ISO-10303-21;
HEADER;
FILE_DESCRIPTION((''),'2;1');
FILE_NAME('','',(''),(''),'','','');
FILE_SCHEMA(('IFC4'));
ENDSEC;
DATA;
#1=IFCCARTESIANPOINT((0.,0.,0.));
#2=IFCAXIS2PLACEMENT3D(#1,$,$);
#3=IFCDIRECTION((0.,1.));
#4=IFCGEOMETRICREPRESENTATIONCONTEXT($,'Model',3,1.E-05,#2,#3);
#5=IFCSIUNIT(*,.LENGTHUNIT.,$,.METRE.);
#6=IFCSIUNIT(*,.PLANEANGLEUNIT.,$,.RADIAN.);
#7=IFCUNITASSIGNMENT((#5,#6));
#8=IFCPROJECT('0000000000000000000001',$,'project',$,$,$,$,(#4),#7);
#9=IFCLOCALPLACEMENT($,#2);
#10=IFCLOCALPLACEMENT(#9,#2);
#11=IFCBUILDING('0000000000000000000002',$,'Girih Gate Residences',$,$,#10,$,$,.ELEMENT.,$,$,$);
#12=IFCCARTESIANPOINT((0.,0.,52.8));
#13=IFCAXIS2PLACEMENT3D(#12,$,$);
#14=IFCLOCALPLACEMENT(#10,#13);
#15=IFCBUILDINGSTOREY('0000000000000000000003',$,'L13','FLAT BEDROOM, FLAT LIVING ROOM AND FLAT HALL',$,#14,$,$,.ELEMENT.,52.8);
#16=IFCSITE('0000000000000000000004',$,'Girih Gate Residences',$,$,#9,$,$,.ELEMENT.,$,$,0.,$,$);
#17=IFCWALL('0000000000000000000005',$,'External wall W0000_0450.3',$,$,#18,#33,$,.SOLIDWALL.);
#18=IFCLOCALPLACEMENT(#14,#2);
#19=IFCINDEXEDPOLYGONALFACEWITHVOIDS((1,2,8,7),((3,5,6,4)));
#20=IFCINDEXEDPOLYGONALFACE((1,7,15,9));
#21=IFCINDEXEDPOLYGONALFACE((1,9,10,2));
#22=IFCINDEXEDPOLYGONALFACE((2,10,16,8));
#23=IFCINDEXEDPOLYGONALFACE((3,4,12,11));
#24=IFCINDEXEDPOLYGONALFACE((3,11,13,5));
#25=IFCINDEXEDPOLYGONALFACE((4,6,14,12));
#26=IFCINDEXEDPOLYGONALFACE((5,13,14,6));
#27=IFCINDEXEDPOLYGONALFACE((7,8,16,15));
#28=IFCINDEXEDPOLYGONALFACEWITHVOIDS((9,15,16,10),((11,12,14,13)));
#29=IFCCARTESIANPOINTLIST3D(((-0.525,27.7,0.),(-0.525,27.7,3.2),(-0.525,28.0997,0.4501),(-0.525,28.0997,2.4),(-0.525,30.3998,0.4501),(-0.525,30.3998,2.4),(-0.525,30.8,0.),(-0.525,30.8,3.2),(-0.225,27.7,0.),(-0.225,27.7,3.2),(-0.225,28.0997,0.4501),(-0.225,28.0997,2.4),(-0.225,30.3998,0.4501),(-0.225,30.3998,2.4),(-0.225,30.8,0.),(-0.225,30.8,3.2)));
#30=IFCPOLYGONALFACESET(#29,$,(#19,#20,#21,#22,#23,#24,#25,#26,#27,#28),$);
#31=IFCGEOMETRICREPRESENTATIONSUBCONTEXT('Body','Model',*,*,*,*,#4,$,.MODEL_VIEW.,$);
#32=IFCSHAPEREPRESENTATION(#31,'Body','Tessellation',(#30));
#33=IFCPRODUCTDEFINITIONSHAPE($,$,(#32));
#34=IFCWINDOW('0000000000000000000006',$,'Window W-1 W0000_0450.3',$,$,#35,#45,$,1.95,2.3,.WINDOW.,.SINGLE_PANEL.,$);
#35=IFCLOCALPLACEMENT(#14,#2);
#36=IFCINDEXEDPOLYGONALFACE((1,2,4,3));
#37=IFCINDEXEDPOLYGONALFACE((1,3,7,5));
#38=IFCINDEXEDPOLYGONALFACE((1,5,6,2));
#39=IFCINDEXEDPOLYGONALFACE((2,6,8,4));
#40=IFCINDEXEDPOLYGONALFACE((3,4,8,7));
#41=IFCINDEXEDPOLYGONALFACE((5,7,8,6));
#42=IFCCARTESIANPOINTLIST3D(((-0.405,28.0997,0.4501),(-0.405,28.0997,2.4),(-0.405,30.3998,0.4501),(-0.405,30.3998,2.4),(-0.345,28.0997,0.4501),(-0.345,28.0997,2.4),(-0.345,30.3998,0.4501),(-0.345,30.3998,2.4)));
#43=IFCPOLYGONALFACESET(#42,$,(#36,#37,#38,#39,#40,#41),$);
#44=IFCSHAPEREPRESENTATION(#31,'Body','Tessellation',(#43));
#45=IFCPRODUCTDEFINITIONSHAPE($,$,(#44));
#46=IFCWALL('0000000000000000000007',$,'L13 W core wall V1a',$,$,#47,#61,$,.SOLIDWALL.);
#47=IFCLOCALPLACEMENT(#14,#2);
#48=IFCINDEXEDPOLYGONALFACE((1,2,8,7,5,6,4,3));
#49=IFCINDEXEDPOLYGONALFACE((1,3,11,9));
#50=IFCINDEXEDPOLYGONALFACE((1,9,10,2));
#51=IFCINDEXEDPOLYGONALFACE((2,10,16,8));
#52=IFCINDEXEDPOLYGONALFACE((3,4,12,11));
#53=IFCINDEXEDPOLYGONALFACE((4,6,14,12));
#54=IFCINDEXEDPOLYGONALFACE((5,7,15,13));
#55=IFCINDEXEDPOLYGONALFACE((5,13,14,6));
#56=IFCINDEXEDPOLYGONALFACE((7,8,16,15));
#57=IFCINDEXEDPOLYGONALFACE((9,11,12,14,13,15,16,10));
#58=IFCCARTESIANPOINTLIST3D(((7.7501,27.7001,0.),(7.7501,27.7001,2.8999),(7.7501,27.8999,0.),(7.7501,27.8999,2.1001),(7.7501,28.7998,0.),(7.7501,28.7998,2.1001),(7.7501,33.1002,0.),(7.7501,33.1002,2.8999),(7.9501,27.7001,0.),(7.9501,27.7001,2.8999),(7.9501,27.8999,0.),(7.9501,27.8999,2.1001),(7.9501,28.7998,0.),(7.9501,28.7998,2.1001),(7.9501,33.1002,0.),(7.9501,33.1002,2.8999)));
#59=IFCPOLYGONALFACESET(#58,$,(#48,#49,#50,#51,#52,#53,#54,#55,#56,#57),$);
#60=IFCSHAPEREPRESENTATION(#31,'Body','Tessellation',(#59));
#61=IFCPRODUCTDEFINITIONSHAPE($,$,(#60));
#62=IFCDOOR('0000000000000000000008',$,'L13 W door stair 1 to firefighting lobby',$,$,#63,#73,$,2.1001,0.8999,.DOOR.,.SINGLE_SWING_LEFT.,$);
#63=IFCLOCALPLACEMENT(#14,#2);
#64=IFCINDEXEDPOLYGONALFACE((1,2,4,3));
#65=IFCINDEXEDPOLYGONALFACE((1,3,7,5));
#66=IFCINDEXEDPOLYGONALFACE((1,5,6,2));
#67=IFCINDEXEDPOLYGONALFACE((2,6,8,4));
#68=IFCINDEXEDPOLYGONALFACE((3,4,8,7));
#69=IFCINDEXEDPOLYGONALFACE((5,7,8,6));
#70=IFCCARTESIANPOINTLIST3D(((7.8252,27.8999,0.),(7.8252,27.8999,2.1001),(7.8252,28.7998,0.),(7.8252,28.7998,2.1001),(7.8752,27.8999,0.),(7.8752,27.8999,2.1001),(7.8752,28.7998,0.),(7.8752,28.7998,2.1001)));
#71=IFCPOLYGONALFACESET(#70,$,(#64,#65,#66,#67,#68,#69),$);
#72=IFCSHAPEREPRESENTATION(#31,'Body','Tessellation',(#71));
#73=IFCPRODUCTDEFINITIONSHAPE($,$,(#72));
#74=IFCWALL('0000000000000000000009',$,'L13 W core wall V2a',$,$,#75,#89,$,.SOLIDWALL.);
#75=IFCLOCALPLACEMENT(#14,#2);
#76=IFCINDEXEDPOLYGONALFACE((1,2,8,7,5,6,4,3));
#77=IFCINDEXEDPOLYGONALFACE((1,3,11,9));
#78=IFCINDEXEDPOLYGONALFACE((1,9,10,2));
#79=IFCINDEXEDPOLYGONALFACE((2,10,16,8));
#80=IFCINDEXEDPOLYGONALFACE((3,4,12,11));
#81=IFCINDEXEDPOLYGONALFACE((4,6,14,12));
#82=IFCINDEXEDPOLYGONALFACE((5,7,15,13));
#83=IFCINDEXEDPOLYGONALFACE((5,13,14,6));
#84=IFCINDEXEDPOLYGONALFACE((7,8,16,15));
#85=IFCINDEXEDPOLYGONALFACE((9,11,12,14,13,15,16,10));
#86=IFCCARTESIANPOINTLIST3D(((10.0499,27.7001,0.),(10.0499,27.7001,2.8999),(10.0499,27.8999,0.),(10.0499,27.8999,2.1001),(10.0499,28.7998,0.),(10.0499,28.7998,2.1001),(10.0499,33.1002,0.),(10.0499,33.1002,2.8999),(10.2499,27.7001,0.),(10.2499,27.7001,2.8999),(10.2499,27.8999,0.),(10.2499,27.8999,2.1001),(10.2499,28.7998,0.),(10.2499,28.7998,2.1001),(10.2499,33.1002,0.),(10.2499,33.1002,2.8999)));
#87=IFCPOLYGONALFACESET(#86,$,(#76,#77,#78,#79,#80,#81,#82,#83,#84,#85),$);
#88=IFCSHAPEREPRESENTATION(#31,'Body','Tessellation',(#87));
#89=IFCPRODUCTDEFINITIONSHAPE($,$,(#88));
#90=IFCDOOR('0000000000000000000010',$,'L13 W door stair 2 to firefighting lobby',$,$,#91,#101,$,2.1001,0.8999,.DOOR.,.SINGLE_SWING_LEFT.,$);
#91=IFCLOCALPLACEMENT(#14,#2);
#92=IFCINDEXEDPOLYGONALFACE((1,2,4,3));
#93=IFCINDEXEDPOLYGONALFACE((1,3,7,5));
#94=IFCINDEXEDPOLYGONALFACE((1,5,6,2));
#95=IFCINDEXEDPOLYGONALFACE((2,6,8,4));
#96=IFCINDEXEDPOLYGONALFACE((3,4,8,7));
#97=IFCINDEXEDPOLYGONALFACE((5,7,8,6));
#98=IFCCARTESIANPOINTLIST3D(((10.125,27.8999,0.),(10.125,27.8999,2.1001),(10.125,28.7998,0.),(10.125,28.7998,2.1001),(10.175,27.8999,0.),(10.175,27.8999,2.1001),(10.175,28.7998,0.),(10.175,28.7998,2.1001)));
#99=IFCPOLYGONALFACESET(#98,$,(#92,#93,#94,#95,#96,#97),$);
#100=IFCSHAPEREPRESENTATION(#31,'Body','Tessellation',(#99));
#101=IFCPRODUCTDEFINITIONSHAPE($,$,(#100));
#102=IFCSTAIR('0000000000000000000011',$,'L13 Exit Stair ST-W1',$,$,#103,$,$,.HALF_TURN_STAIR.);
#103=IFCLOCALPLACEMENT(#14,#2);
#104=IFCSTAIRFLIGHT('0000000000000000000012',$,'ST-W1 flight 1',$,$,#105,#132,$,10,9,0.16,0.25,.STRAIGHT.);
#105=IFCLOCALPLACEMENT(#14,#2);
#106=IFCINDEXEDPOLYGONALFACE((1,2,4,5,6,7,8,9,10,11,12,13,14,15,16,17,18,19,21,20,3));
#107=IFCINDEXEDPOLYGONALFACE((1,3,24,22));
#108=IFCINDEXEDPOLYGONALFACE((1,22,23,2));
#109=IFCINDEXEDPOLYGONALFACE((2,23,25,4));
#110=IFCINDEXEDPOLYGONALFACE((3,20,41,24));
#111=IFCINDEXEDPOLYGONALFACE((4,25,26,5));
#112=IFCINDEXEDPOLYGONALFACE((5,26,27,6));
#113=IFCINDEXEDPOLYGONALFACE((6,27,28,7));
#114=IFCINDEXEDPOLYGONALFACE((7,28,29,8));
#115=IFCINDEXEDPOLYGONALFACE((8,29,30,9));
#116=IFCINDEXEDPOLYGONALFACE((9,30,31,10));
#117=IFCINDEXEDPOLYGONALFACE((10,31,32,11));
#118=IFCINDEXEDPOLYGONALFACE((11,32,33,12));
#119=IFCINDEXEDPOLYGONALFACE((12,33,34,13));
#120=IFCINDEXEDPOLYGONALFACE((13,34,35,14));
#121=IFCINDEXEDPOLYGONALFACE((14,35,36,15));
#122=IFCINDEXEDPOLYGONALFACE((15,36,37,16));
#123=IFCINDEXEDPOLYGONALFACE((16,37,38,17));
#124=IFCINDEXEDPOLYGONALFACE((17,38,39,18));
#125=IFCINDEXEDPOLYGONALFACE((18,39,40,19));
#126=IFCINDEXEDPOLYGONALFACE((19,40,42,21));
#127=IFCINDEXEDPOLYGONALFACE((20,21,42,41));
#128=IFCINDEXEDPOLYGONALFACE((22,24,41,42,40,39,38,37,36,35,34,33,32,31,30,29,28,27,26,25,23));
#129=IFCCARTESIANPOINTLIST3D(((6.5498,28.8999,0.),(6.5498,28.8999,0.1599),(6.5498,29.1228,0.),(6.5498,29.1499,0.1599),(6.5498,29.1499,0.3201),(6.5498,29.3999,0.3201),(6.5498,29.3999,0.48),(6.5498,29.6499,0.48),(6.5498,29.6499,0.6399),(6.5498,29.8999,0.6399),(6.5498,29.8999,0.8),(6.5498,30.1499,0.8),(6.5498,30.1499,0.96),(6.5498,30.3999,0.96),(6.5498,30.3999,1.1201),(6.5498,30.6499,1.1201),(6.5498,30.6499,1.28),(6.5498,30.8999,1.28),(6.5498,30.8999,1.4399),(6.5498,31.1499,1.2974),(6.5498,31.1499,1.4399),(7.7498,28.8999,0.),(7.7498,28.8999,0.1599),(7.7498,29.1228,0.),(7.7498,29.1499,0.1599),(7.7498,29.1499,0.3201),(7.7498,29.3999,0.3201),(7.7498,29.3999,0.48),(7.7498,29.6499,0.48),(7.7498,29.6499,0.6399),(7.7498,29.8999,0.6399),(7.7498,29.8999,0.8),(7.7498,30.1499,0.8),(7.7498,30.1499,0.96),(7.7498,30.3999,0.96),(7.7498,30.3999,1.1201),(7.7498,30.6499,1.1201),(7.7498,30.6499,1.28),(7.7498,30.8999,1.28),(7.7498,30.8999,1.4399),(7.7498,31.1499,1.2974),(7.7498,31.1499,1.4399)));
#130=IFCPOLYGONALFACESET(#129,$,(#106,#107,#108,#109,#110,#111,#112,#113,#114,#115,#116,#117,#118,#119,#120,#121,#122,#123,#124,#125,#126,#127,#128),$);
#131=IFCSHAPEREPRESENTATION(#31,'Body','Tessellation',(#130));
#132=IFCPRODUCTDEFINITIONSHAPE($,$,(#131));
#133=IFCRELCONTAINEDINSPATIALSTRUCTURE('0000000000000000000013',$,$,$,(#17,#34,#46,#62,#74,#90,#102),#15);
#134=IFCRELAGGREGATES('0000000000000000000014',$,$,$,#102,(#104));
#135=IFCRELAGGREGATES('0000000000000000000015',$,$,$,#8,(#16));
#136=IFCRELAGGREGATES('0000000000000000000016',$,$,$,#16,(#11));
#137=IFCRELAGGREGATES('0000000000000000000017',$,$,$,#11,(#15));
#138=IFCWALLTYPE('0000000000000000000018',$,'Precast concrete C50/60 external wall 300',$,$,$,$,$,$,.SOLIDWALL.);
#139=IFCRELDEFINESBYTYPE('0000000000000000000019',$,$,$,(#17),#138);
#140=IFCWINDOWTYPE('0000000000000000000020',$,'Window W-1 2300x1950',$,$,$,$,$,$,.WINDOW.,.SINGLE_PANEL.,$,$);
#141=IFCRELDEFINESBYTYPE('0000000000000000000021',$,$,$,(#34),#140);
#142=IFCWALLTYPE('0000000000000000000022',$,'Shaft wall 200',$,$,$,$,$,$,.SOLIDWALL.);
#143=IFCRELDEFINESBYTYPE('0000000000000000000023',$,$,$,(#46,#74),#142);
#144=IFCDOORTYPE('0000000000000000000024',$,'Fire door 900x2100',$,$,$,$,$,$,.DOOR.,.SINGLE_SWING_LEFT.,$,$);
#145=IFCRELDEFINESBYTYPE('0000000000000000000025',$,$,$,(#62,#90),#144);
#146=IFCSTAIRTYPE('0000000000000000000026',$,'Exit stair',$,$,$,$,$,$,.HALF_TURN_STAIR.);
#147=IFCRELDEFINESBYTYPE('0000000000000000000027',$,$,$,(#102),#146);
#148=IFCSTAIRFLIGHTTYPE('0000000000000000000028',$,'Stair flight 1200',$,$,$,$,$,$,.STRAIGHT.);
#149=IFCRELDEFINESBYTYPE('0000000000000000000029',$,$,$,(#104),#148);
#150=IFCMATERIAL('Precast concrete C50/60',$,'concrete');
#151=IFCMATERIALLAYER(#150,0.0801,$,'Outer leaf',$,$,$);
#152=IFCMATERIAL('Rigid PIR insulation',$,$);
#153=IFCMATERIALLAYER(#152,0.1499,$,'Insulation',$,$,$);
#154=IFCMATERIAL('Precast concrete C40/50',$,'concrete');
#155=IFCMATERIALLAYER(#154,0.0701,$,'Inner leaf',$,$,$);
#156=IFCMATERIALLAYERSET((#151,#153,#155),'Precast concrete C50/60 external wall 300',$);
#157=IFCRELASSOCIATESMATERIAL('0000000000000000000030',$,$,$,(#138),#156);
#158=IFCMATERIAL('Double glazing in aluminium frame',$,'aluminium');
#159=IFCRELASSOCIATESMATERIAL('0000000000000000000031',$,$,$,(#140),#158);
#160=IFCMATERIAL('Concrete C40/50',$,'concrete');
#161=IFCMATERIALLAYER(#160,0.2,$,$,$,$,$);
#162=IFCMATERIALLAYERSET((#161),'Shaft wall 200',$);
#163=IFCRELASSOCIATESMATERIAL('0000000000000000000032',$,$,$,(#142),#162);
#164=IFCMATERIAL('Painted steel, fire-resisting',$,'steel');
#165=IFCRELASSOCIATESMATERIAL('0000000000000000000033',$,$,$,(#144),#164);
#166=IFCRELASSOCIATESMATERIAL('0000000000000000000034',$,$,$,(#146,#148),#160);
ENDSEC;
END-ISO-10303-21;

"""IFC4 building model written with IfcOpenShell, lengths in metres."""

from ifc_helpers import new_model, si_unit, direction, frame, frame_2d, origin, place, context, subcontext, project, spatial, polyline, rectangle, outline, extrude, material, layer, layer_set, type_object, element, fill, aggregate, save


model = new_model("IFC4")

# Units and contexts
model_context = context("Model", 3, precision=1e-05, world=origin(), true_north=direction((0.0, 1.0)))
body_context = subcontext(model_context, "Body", "Model", "MODEL_VIEW")
ifc_project = project(units=[si_unit("LENGTHUNIT", "METRE"), si_unit("PLANEANGLEUNIT", "RADIAN")], contexts=[model_context])

# Site, building, storey
site_placement = place(None, origin())
site = spatial("IfcSite", under=ifc_project, at=site_placement, Name="Girih Gate Residences", CompositionType="ELEMENT", RefElevation=0.0)
building_placement = place(site_placement, origin())
building = spatial("IfcBuilding", under=site, at=building_placement, Name="Girih Gate Residences", CompositionType="ELEMENT")
storey_placement = place(building_placement, frame((0.0, 0.0, 52.8)))
storey = spatial("IfcBuildingStorey", under=building, at=storey_placement, Name="L13", Description="FLAT BEDROOM, FLAT LIVING ROOM AND FLAT HALL", CompositionType="ELEMENT", Elevation=52.8)

# Shared definitions
ifc_material_1 = material(Name="Painted steel, fire-resisting", Category="steel")

# Wall, opening, window
ifc_material_2 = material(Name="Precast concrete C50/60", Category="concrete")
ifc_layer_1 = layer(ifc_material_2, 0.0801, Name="Outer leaf")
ifc_material_3 = material(Name="Rigid PIR insulation")
ifc_layer_2 = layer(ifc_material_3, 0.1499, Name="Insulation")
ifc_material_4 = material(Name="Precast concrete C40/50", Category="concrete")
ifc_layer_3 = layer(ifc_material_4, 0.0701, Name="Inner leaf")
ifc_layer_set_1 = layer_set([ifc_layer_1, ifc_layer_2, ifc_layer_3], Name="Precast concrete C50/60 external wall 300")
wall_type_1 = type_object("IfcWallType", Name="Precast concrete C50/60 external wall 300", PredefinedType="SOLIDWALL", material=ifc_layer_set_1)
wall_1_placement = place(storey_placement, frame((-0.375, 27.7, 0.0), z_axis=(0.0, 0.0, 1.0), x_axis=(0.0, 1.0, 0.0)))
wall_1 = element("IfcWall", 1, at=wall_1_placement, inside=storey, type_object=wall_type_1, Name="External wall W0000_0450.3", PredefinedType="SOLIDWALL", context=body_context, shape_type="SweptSolid", body=[
    extrude(rectangle(XDim=3.1001, YDim=0.3, at=frame_2d((1.55, 0.0))), origin(), (0.0, 0.0, 1.0), 3.2),
])
opening_1_placement = place(wall_1_placement, frame((0.3999, 0.0, 0.45)))
opening_1 = element("IfcOpeningElement", 2, at=opening_1_placement, cuts=wall_1, PredefinedType="OPENING", context=body_context, shape_type="SweptSolid", body=[
    extrude(rectangle(XDim=2.3, YDim=1.95, at=frame_2d((1.1499, 0.9751))), frame((0.0, 0.1599, 0.0), z_axis=(0.0, -1.0, 0.0), x_axis=(1.0, 0.0, 0.0)), (0.0, 0.0, 1.0), 0.3201),
])
ifc_material_5 = material(Name="Double glazing in aluminium frame", Category="aluminium")
window_type = type_object("IfcWindowType", Name="Window W-1 2300x1950", PartitioningType="SINGLE_PANEL", PredefinedType="WINDOW", material=ifc_material_5)
window_placement = place(opening_1_placement, origin())
window = element("IfcWindow", 3, at=window_placement, inside=storey, type_object=window_type, Name="Window W-1 W0000_0450.3", OverallHeight=1.95, OverallWidth=2.3, PartitioningType="SINGLE_PANEL", PredefinedType="WINDOW", context=body_context, shape_type="SweptSolid", body=[
    extrude(rectangle(XDim=2.3, YDim=1.95, at=frame_2d((1.1499, 0.9751))), frame((0.0, 0.03, 0.0), z_axis=(0.0, -1.0, 0.0), x_axis=(1.0, 0.0, 0.0)), (0.0, 0.0, 1.0), 0.0601),
])
fill(opening_1, window)

# Walls, openings, doors
ifc_material_6 = material(Name="Concrete C40/50", Category="concrete")
ifc_layer_4 = layer(ifc_material_6, 0.2)
ifc_layer_set_2 = layer_set([ifc_layer_4], Name="Shaft wall 200")
wall_type_2 = type_object("IfcWallType", Name="Shaft wall 200", PredefinedType="SOLIDWALL", material=ifc_layer_set_2)
wall_2_placement = place(storey_placement, frame((7.8501, 27.7, 0.0), z_axis=(0.0, 0.0, 1.0), x_axis=(0.0, 1.0, 0.0)))
wall_2 = element("IfcWall", 4, at=wall_2_placement, inside=storey, type_object=wall_type_2, Name="L13 W core wall V1a", PredefinedType="SOLIDWALL", context=body_context, shape_type="SweptSolid", body=[
    extrude(rectangle(XDim=5.4001, YDim=0.2, at=frame_2d((2.7002, 0.0))), origin(), (0.0, 0.0, 1.0), 2.8999),
])
opening_2_placement = place(wall_2_placement, frame((0.2, 0.0, 0.0)))
opening_2 = element("IfcOpeningElement", 5, at=opening_2_placement, cuts=wall_2, PredefinedType="OPENING", context=body_context, shape_type="SweptSolid", body=[
    extrude(rectangle(XDim=0.8999, YDim=2.1001, at=frame_2d((0.45, 1.05))), frame((0.0, 0.1099, 0.0), z_axis=(0.0, -1.0, 0.0), x_axis=(1.0, 0.0, 0.0)), (0.0, 0.0, 1.0), 0.22),
])
door_type_1 = type_object("IfcDoorType", Name="Fire door 900x2100", OperationType="SINGLE_SWING_LEFT", PredefinedType="DOOR", material=ifc_material_1)
door_1_placement = place(opening_2_placement, origin())
door_1 = element("IfcDoor", 6, at=door_1_placement, inside=storey, type_object=door_type_1, Name="L13 W door stair 1 to firefighting lobby", OperationType="SINGLE_SWING_LEFT", OverallHeight=2.1001, OverallWidth=0.8999, PredefinedType="DOOR", context=body_context, shape_type="SweptSolid", body=[
    extrude(rectangle(XDim=0.8999, YDim=2.1001, at=frame_2d((0.45, 1.05))), frame((0.0, 0.0249, 0.0), z_axis=(0.0, -1.0, 0.0), x_axis=(1.0, 0.0, 0.0)), (0.0, 0.0, 1.0), 0.05),
])
fill(opening_2, door_1)
wall_3_placement = place(storey_placement, frame((10.1499, 27.7, 0.0), z_axis=(0.0, 0.0, 1.0), x_axis=(0.0, 1.0, 0.0)))
wall_3 = element("IfcWall", 7, at=wall_3_placement, inside=storey, type_object=wall_type_2, Name="L13 W core wall V2a", PredefinedType="SOLIDWALL", context=body_context, shape_type="SweptSolid", body=[
    extrude(rectangle(XDim=5.4001, YDim=0.2, at=frame_2d((2.7002, 0.0))), origin(), (0.0, 0.0, 1.0), 2.8999),
])
opening_3_placement = place(wall_3_placement, frame((0.2, 0.0, 0.0)))
opening_3 = element("IfcOpeningElement", 8, at=opening_3_placement, cuts=wall_3, PredefinedType="OPENING", context=body_context, shape_type="SweptSolid", body=[
    extrude(rectangle(XDim=0.8999, YDim=2.1001, at=frame_2d((0.45, 1.05))), frame((0.0, 0.1099, 0.0), z_axis=(0.0, -1.0, 0.0), x_axis=(1.0, 0.0, 0.0)), (0.0, 0.0, 1.0), 0.22),
])
door_2_placement = place(opening_3_placement, origin())
door_2 = element("IfcDoor", 9, at=door_2_placement, inside=storey, type_object=door_type_1, Name="L13 W door stair 2 to firefighting lobby", OperationType="SINGLE_SWING_LEFT", OverallHeight=2.1001, OverallWidth=0.8999, PredefinedType="DOOR", context=body_context, shape_type="SweptSolid", body=[
    extrude(rectangle(XDim=0.8999, YDim=2.1001, at=frame_2d((0.45, 1.05))), frame((0.0, 0.0249, 0.0), z_axis=(0.0, -1.0, 0.0), x_axis=(1.0, 0.0, 0.0)), (0.0, 0.0, 1.0), 0.05),
])
fill(opening_3, door_2)

# Stair, stair flight
stair_type = type_object("IfcStairType", Name="Exit stair", PredefinedType="HALF_TURN_STAIR", material=ifc_material_6)
stair_placement = place(storey_placement, origin())
stair = element("IfcStair", 10, at=stair_placement, inside=storey, type_object=stair_type, Name="L13 Exit Stair ST-W1", PredefinedType="HALF_TURN_STAIR")
stair_flight_type = type_object("IfcStairFlightType", Name="Stair flight 1200", PredefinedType="STRAIGHT", material=ifc_material_6)
stair_flight_placement = place(storey_placement, frame((7.1499, 28.8999, 0.0), z_axis=(0.0, 0.0, 1.0), x_axis=(0.0, 1.0, 0.0)))
stair_flight = element("IfcStairFlight", 11, at=stair_flight_placement, type_object=stair_flight_type, Name="ST-W1 flight 1", NumberOfRisers=10, NumberOfTreads=9, PredefinedType="STRAIGHT", RiserHeight=0.16, TreadLength=0.25, context=body_context, shape_type="SweptSolid", body=[
    extrude(outline(polyline([(0.0, 0.0), (0.0, 0.1599), (0.25, 0.1599), (0.25, 0.3201), (0.5, 0.3201), (0.5, 0.48), (0.75, 0.48), (0.75, 0.6399), (1.0, 0.6399), (1.0, 0.8), (1.25, 0.8), (1.25, 0.96), (1.5, 0.96), (1.5, 1.1201), (1.75, 1.1201), (1.75, 1.28), (2.0, 1.28), (2.0, 1.4399), (2.25, 1.4399), (2.25, 1.6001), (2.25, 1.2974), (0.2229, 0.0), (0.0, 0.0)])), frame((0.0, 0.6001, 0.0), z_axis=(0.0, -1.0, 0.0), x_axis=(1.0, 0.0, 0.0)), (0.0, 0.0, 1.0), 1.2),
])
aggregate(stair, [stair_flight])

save(model, "model.ifc")
